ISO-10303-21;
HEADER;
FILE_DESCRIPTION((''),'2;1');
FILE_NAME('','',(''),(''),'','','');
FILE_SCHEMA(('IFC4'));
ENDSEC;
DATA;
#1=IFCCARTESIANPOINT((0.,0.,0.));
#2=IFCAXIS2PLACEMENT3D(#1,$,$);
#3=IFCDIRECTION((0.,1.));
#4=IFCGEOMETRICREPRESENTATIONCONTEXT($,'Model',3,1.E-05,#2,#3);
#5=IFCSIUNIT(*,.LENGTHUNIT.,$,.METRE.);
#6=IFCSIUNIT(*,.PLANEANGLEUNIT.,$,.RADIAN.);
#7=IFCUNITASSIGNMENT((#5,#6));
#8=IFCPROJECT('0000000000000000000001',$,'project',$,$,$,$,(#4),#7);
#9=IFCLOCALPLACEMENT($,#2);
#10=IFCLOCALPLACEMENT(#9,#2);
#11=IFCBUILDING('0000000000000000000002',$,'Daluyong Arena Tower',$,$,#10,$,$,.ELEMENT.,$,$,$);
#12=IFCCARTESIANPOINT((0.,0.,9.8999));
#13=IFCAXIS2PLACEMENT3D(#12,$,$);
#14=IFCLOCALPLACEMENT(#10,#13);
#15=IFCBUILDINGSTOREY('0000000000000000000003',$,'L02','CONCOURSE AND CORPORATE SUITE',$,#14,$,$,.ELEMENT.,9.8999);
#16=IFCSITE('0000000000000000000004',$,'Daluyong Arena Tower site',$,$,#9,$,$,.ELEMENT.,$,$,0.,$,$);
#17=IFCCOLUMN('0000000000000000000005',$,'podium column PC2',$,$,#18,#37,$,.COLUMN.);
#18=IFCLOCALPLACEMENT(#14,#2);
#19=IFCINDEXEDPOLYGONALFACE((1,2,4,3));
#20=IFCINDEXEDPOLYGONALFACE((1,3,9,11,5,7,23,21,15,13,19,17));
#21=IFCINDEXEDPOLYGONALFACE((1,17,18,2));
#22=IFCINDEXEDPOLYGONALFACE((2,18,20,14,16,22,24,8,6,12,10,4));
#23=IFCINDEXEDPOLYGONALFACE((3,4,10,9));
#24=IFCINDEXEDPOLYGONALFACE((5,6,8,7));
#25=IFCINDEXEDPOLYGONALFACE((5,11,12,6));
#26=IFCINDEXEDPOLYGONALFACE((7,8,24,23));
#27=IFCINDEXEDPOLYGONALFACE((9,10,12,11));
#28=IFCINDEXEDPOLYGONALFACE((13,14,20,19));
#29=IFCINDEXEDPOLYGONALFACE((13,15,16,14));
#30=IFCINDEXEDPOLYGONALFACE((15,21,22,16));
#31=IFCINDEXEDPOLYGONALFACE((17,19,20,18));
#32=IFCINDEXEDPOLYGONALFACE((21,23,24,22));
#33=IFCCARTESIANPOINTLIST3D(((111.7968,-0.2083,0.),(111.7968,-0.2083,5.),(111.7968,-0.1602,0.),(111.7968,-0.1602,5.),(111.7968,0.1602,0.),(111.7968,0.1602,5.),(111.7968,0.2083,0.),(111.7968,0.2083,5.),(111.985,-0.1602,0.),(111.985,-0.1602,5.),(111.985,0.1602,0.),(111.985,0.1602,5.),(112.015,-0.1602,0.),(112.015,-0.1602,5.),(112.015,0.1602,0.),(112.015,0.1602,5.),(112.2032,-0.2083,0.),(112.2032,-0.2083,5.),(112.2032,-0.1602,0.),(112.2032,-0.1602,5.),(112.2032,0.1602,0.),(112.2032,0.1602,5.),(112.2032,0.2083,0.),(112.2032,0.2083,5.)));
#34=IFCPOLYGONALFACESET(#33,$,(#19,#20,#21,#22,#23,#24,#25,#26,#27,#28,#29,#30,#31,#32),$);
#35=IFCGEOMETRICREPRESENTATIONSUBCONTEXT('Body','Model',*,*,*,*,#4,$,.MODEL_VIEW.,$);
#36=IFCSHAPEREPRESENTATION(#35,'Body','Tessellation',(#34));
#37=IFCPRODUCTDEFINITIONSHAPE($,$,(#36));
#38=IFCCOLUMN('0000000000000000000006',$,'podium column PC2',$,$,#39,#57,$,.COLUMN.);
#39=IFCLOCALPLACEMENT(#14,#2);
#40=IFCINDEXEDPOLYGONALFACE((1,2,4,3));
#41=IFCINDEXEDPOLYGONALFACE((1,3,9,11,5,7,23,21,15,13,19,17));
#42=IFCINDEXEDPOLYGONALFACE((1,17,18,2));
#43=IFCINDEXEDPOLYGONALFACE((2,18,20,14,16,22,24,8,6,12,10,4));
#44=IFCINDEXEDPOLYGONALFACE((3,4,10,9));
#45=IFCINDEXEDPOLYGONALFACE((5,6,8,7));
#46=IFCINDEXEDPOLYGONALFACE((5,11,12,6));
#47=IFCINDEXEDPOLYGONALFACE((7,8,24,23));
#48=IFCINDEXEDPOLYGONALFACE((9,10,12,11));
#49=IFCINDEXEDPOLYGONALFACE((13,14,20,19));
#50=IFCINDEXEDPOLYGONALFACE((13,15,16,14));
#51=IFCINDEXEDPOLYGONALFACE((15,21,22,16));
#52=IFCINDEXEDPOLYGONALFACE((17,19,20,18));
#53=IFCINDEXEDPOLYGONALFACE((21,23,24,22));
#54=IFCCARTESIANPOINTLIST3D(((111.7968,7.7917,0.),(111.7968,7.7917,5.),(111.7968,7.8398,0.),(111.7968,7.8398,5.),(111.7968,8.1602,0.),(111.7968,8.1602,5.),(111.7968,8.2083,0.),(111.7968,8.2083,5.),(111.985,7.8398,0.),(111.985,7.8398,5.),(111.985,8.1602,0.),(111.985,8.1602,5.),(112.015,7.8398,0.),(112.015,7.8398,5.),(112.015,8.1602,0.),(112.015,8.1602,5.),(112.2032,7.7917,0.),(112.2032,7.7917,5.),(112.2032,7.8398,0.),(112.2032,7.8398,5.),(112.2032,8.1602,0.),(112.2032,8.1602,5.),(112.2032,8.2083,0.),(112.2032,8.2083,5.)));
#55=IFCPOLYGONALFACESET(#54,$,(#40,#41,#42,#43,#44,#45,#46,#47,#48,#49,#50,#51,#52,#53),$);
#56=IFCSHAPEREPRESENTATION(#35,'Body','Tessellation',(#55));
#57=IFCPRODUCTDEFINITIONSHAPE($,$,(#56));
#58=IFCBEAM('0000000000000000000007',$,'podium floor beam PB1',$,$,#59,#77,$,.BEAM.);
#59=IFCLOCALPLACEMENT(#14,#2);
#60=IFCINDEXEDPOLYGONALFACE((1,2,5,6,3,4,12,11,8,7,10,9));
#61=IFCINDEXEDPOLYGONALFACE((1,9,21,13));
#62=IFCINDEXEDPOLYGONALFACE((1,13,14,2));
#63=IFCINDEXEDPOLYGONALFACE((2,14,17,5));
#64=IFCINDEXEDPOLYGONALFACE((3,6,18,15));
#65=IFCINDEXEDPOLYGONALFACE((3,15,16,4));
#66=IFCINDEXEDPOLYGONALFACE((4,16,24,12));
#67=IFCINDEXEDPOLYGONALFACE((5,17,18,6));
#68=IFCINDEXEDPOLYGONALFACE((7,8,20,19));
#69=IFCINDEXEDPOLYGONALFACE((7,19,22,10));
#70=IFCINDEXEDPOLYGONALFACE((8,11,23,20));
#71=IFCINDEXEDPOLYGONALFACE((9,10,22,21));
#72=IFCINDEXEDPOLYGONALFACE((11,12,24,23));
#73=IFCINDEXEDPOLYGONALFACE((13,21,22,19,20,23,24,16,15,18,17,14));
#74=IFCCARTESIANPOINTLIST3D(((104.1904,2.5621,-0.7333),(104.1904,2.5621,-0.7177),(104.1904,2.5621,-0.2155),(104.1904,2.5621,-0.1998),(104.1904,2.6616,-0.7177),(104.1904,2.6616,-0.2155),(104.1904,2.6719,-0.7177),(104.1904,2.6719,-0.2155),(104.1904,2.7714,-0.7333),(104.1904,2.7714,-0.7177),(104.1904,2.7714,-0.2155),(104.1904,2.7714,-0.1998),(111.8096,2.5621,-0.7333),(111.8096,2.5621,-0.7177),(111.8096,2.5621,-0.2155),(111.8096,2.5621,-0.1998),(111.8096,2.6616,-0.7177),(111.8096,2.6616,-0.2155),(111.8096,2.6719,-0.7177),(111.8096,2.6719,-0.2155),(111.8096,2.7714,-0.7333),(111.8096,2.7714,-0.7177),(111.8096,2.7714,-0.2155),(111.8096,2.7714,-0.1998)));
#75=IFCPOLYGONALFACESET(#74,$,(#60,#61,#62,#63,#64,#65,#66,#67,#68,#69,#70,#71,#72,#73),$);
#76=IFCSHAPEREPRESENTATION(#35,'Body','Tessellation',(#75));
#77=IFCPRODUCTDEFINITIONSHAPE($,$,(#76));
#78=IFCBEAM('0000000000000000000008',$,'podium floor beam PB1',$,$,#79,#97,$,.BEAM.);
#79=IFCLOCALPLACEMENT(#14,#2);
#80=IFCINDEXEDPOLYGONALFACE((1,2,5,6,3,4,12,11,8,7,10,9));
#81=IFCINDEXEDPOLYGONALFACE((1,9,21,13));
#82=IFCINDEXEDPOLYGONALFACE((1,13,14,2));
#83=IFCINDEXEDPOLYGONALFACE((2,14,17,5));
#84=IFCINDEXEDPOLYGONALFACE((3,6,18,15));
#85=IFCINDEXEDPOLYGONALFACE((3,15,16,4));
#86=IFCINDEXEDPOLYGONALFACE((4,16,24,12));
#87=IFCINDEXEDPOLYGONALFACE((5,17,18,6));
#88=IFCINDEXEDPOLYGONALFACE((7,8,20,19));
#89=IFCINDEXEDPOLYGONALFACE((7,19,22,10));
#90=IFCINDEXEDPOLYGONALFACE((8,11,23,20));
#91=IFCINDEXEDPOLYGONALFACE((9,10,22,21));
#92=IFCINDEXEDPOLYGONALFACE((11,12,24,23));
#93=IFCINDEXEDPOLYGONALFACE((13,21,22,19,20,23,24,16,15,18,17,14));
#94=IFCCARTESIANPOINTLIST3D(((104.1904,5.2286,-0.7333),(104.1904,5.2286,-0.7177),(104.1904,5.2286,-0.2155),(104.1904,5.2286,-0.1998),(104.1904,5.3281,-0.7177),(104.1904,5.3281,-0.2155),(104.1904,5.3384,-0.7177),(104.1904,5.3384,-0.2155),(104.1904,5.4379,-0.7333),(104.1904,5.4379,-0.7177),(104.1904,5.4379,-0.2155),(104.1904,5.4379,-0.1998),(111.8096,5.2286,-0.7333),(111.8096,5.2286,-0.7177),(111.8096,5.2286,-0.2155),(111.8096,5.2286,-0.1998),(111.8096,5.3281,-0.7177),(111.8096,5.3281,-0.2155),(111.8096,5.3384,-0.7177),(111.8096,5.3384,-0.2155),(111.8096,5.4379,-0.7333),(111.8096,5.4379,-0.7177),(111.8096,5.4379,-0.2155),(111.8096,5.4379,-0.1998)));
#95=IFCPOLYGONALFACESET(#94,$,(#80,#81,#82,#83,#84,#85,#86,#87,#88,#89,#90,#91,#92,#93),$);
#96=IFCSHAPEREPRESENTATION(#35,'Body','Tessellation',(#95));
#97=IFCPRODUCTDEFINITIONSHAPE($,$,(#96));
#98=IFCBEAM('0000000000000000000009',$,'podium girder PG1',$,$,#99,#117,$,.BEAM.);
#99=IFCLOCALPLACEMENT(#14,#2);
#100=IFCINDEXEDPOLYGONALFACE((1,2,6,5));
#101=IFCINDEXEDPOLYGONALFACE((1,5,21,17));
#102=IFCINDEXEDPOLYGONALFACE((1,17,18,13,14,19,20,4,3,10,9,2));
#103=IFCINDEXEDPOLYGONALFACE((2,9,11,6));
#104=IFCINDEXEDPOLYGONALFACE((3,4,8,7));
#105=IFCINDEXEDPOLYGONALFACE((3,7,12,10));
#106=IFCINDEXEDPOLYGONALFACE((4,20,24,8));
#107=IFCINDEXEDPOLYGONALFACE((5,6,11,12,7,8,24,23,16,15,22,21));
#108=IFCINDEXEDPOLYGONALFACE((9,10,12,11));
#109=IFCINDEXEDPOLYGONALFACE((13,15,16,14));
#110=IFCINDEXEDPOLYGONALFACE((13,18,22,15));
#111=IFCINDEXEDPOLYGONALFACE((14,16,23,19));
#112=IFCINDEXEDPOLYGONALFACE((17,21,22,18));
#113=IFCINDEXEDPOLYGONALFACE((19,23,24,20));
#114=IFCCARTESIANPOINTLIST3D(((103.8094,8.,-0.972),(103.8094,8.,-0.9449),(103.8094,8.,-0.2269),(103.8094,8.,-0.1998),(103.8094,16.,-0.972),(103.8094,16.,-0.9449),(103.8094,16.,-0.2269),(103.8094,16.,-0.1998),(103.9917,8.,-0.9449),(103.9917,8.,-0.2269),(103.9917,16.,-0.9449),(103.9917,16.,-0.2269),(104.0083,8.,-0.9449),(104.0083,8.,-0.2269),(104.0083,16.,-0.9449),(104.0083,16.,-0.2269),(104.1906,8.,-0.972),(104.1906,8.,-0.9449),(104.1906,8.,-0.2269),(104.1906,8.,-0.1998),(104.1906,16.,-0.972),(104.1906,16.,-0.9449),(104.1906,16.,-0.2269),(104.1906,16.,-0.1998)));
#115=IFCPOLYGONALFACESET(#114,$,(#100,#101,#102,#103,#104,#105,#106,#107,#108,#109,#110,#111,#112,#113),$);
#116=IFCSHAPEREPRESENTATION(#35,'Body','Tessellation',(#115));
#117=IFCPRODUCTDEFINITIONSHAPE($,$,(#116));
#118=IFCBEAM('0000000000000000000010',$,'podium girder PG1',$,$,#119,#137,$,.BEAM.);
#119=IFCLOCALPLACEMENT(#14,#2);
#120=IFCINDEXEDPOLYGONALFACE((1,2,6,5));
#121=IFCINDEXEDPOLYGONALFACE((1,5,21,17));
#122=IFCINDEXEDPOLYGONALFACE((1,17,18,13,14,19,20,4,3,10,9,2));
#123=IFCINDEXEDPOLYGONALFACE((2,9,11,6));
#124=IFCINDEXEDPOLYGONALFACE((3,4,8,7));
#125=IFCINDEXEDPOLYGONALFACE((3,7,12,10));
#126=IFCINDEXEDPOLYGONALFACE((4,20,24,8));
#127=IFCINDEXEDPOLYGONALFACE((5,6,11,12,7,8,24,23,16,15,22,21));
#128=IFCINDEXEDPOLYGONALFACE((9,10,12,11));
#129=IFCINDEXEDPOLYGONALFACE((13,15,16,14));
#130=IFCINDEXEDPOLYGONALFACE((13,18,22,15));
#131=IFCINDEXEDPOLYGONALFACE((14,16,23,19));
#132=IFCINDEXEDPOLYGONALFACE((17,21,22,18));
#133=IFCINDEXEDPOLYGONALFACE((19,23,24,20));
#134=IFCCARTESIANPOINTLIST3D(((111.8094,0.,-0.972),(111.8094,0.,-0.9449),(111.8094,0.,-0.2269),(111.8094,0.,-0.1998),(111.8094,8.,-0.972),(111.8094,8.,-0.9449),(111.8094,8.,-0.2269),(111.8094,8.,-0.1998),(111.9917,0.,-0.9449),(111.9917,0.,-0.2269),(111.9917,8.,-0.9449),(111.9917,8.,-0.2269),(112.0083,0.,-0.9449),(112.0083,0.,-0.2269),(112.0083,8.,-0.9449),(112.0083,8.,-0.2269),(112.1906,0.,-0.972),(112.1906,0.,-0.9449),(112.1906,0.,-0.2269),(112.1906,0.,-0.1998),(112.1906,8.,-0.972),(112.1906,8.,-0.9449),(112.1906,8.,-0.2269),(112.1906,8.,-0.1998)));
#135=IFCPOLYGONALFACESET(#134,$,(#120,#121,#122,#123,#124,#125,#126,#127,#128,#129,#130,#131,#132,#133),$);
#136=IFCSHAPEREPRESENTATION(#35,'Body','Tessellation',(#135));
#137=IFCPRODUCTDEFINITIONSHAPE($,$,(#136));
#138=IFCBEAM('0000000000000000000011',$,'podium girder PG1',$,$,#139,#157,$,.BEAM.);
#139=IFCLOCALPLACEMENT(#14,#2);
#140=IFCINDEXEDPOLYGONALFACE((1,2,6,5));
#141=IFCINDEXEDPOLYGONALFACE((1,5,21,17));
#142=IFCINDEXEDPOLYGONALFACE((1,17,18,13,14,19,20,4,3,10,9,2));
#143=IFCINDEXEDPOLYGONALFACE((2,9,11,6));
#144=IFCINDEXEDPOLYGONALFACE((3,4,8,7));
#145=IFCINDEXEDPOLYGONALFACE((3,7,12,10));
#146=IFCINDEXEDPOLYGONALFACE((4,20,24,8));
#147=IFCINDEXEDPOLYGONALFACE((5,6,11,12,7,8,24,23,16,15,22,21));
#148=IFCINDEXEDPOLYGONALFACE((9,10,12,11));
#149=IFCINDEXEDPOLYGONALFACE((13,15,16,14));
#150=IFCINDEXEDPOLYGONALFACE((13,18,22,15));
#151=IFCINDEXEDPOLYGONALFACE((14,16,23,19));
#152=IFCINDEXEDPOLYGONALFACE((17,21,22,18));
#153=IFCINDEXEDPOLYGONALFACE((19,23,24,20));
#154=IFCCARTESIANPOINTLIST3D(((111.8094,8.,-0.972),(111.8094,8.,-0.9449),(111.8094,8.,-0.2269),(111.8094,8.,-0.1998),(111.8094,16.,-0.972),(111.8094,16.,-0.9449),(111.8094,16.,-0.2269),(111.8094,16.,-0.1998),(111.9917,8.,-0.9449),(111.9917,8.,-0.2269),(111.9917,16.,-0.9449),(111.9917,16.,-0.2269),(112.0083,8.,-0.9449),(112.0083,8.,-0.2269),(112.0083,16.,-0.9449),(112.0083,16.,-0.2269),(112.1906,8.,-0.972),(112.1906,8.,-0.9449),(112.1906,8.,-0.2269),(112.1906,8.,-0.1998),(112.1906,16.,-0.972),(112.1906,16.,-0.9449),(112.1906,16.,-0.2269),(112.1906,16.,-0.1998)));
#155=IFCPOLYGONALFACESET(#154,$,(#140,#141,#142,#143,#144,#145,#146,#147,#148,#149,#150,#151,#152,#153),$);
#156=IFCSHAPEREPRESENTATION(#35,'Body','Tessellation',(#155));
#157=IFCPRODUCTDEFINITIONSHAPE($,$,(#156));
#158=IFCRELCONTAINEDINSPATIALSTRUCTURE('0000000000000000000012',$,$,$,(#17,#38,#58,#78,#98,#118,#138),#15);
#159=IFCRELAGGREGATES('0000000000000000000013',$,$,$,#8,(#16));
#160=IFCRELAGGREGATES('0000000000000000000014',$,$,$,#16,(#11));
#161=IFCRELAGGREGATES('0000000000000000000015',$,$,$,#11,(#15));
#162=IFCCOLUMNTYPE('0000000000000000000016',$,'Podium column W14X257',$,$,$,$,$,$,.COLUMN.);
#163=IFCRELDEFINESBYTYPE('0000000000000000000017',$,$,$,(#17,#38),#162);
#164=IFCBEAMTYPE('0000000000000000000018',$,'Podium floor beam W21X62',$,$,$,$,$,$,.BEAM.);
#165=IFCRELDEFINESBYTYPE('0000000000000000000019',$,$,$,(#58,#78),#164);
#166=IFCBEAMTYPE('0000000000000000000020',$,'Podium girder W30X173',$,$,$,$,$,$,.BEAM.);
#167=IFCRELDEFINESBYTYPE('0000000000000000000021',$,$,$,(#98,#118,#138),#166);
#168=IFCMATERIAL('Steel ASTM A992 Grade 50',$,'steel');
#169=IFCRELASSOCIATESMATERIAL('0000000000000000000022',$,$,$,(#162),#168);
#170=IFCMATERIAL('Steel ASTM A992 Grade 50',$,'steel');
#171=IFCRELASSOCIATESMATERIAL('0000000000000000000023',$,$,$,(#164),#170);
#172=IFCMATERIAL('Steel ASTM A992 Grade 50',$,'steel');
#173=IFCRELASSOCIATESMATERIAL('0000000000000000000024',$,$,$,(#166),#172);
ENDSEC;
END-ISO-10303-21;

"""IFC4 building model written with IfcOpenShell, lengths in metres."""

from ifc_helpers import new_model, si_unit, direction, frame, origin, origin_2d, place, context, subcontext, project, spatial, i_section, extrude, material, material_profile, profile_set, type_object, element, save


model = new_model("IFC4")

# Units and contexts
model_context = context("Model", 3, precision=1e-05, world=origin(), true_north=direction((0.0, 1.0)))
body_context = subcontext(model_context, "Body", "Model", "MODEL_VIEW")
ifc_project = project(units=[si_unit("LENGTHUNIT", "METRE"), si_unit("PLANEANGLEUNIT", "RADIAN")], contexts=[model_context])

# Site, building, storey
site_placement = place(None, origin())
site = spatial("IfcSite", under=ifc_project, at=site_placement, Name="Daluyong Arena Tower site", CompositionType="ELEMENT", RefElevation=0.0)
building_placement = place(site_placement, origin())
building = spatial("IfcBuilding", under=site, at=building_placement, Name="Daluyong Arena Tower", CompositionType="ELEMENT")
storey_placement = place(building_placement, frame((0.0, 0.0, 9.8999)))
storey = spatial("IfcBuildingStorey", under=building, at=storey_placement, Name="L02", Description="CONCOURSE AND CORPORATE SUITE", CompositionType="ELEMENT", Elevation=9.8999)

# Columns
ifc_material_1 = material(Name="Steel ASTM A992 Grade 50", Category="steel")
ifc_material_profile_1 = material_profile(ifc_material_1, i_section(OverallWidth=0.4065, OverallDepth=0.4165, WebThickness=0.03, FlangeThickness=0.0481, at=origin_2d()))
ifc_profile_set_1 = profile_set([ifc_material_profile_1], Name="Steel ASTM A992 Grade 50")
column_type = type_object("IfcColumnType", Name="Podium column W14X257", PredefinedType="COLUMN", material=ifc_profile_set_1)
for number, where, z_axis, x_axis, name in (
    (1, (112.0, 0.0, 0.0), (0.0, 0.0, 1.0), (1.0, 0.0, 0.0), "podium column PC2"),
    (2, (112.0, 8.0, 0.0), (0.0, 0.0, 1.0), (1.0, 0.0, 0.0), "podium column PC2"),
):
    element("IfcColumn", number, at=place(storey_placement, frame(where, z_axis=z_axis, x_axis=x_axis)), inside=storey, type_object=column_type, Name=name, PredefinedType="COLUMN", context=body_context, shape_type="SweptSolid", body=[
        extrude(i_section(OverallWidth=0.4065, OverallDepth=0.4165, WebThickness=0.03, FlangeThickness=0.0481, at=origin_2d()), origin(), (0.0, 0.0, 1.0), 5.0),
    ])

# Beams
ifc_material_2 = material(Name="Steel ASTM A992 Grade 50", Category="steel")
ifc_material_profile_2 = material_profile(ifc_material_2, i_section(OverallWidth=0.2092, OverallDepth=0.5334, WebThickness=0.0103, FlangeThickness=0.0156, at=origin_2d()))
ifc_profile_set_2 = profile_set([ifc_material_profile_2], Name="Steel ASTM A992 Grade 50")
beam_type_1 = type_object("IfcBeamType", Name="Podium floor beam W21X62", PredefinedType="BEAM", material=ifc_profile_set_2)
for number, where, z_axis, x_axis, name in (
    (3, (104.1904, 2.6667, -0.4666), (1.0, 0.0, 0.0), (0.0, 1.0, 0.0), "podium floor beam PB1"),
    (4, (104.1904, 5.3333, -0.4666), (1.0, 0.0, 0.0), (0.0, 1.0, 0.0), "podium floor beam PB1"),
):
    element("IfcBeam", number, at=place(storey_placement, frame(where, z_axis=z_axis, x_axis=x_axis)), inside=storey, type_object=beam_type_1, Name=name, PredefinedType="BEAM", context=body_context, shape_type="SweptSolid", body=[
        extrude(i_section(OverallWidth=0.2092, OverallDepth=0.5334, WebThickness=0.0103, FlangeThickness=0.0156, at=origin_2d()), origin(), (0.0, 0.0, 1.0), 7.6191),
    ])
ifc_material_3 = material(Name="Steel ASTM A992 Grade 50", Category="steel")
ifc_material_profile_3 = material_profile(ifc_material_3, i_section(OverallWidth=0.3811, OverallDepth=0.7722, WebThickness=0.0166, FlangeThickness=0.0271, at=origin_2d()))
ifc_profile_set_3 = profile_set([ifc_material_profile_3], Name="Steel ASTM A992 Grade 50")
beam_type_2 = type_object("IfcBeamType", Name="Podium girder W30X173", PredefinedType="BEAM", material=ifc_profile_set_3)
for number, where, z_axis, x_axis, name in (
    (5, (104.0, 8.0, -0.5859), (0.0, 1.0, 0.0), (-1.0, 0.0, 0.0), "podium girder PG1"),
    (6, (112.0, 0.0, -0.5859), (0.0, 1.0, 0.0), (-1.0, 0.0, 0.0), "podium girder PG1"),
    (7, (112.0, 8.0, -0.5859), (0.0, 1.0, 0.0), (-1.0, 0.0, 0.0), "podium girder PG1"),
):
    element("IfcBeam", number, at=place(storey_placement, frame(where, z_axis=z_axis, x_axis=x_axis)), inside=storey, type_object=beam_type_2, Name=name, PredefinedType="BEAM", context=body_context, shape_type="SweptSolid", body=[
        extrude(i_section(OverallWidth=0.3811, OverallDepth=0.7722, WebThickness=0.0166, FlangeThickness=0.0271, at=origin_2d()), origin(), (0.0, 0.0, 1.0), 8.0),
    ])

save(model, "model.ifc")
